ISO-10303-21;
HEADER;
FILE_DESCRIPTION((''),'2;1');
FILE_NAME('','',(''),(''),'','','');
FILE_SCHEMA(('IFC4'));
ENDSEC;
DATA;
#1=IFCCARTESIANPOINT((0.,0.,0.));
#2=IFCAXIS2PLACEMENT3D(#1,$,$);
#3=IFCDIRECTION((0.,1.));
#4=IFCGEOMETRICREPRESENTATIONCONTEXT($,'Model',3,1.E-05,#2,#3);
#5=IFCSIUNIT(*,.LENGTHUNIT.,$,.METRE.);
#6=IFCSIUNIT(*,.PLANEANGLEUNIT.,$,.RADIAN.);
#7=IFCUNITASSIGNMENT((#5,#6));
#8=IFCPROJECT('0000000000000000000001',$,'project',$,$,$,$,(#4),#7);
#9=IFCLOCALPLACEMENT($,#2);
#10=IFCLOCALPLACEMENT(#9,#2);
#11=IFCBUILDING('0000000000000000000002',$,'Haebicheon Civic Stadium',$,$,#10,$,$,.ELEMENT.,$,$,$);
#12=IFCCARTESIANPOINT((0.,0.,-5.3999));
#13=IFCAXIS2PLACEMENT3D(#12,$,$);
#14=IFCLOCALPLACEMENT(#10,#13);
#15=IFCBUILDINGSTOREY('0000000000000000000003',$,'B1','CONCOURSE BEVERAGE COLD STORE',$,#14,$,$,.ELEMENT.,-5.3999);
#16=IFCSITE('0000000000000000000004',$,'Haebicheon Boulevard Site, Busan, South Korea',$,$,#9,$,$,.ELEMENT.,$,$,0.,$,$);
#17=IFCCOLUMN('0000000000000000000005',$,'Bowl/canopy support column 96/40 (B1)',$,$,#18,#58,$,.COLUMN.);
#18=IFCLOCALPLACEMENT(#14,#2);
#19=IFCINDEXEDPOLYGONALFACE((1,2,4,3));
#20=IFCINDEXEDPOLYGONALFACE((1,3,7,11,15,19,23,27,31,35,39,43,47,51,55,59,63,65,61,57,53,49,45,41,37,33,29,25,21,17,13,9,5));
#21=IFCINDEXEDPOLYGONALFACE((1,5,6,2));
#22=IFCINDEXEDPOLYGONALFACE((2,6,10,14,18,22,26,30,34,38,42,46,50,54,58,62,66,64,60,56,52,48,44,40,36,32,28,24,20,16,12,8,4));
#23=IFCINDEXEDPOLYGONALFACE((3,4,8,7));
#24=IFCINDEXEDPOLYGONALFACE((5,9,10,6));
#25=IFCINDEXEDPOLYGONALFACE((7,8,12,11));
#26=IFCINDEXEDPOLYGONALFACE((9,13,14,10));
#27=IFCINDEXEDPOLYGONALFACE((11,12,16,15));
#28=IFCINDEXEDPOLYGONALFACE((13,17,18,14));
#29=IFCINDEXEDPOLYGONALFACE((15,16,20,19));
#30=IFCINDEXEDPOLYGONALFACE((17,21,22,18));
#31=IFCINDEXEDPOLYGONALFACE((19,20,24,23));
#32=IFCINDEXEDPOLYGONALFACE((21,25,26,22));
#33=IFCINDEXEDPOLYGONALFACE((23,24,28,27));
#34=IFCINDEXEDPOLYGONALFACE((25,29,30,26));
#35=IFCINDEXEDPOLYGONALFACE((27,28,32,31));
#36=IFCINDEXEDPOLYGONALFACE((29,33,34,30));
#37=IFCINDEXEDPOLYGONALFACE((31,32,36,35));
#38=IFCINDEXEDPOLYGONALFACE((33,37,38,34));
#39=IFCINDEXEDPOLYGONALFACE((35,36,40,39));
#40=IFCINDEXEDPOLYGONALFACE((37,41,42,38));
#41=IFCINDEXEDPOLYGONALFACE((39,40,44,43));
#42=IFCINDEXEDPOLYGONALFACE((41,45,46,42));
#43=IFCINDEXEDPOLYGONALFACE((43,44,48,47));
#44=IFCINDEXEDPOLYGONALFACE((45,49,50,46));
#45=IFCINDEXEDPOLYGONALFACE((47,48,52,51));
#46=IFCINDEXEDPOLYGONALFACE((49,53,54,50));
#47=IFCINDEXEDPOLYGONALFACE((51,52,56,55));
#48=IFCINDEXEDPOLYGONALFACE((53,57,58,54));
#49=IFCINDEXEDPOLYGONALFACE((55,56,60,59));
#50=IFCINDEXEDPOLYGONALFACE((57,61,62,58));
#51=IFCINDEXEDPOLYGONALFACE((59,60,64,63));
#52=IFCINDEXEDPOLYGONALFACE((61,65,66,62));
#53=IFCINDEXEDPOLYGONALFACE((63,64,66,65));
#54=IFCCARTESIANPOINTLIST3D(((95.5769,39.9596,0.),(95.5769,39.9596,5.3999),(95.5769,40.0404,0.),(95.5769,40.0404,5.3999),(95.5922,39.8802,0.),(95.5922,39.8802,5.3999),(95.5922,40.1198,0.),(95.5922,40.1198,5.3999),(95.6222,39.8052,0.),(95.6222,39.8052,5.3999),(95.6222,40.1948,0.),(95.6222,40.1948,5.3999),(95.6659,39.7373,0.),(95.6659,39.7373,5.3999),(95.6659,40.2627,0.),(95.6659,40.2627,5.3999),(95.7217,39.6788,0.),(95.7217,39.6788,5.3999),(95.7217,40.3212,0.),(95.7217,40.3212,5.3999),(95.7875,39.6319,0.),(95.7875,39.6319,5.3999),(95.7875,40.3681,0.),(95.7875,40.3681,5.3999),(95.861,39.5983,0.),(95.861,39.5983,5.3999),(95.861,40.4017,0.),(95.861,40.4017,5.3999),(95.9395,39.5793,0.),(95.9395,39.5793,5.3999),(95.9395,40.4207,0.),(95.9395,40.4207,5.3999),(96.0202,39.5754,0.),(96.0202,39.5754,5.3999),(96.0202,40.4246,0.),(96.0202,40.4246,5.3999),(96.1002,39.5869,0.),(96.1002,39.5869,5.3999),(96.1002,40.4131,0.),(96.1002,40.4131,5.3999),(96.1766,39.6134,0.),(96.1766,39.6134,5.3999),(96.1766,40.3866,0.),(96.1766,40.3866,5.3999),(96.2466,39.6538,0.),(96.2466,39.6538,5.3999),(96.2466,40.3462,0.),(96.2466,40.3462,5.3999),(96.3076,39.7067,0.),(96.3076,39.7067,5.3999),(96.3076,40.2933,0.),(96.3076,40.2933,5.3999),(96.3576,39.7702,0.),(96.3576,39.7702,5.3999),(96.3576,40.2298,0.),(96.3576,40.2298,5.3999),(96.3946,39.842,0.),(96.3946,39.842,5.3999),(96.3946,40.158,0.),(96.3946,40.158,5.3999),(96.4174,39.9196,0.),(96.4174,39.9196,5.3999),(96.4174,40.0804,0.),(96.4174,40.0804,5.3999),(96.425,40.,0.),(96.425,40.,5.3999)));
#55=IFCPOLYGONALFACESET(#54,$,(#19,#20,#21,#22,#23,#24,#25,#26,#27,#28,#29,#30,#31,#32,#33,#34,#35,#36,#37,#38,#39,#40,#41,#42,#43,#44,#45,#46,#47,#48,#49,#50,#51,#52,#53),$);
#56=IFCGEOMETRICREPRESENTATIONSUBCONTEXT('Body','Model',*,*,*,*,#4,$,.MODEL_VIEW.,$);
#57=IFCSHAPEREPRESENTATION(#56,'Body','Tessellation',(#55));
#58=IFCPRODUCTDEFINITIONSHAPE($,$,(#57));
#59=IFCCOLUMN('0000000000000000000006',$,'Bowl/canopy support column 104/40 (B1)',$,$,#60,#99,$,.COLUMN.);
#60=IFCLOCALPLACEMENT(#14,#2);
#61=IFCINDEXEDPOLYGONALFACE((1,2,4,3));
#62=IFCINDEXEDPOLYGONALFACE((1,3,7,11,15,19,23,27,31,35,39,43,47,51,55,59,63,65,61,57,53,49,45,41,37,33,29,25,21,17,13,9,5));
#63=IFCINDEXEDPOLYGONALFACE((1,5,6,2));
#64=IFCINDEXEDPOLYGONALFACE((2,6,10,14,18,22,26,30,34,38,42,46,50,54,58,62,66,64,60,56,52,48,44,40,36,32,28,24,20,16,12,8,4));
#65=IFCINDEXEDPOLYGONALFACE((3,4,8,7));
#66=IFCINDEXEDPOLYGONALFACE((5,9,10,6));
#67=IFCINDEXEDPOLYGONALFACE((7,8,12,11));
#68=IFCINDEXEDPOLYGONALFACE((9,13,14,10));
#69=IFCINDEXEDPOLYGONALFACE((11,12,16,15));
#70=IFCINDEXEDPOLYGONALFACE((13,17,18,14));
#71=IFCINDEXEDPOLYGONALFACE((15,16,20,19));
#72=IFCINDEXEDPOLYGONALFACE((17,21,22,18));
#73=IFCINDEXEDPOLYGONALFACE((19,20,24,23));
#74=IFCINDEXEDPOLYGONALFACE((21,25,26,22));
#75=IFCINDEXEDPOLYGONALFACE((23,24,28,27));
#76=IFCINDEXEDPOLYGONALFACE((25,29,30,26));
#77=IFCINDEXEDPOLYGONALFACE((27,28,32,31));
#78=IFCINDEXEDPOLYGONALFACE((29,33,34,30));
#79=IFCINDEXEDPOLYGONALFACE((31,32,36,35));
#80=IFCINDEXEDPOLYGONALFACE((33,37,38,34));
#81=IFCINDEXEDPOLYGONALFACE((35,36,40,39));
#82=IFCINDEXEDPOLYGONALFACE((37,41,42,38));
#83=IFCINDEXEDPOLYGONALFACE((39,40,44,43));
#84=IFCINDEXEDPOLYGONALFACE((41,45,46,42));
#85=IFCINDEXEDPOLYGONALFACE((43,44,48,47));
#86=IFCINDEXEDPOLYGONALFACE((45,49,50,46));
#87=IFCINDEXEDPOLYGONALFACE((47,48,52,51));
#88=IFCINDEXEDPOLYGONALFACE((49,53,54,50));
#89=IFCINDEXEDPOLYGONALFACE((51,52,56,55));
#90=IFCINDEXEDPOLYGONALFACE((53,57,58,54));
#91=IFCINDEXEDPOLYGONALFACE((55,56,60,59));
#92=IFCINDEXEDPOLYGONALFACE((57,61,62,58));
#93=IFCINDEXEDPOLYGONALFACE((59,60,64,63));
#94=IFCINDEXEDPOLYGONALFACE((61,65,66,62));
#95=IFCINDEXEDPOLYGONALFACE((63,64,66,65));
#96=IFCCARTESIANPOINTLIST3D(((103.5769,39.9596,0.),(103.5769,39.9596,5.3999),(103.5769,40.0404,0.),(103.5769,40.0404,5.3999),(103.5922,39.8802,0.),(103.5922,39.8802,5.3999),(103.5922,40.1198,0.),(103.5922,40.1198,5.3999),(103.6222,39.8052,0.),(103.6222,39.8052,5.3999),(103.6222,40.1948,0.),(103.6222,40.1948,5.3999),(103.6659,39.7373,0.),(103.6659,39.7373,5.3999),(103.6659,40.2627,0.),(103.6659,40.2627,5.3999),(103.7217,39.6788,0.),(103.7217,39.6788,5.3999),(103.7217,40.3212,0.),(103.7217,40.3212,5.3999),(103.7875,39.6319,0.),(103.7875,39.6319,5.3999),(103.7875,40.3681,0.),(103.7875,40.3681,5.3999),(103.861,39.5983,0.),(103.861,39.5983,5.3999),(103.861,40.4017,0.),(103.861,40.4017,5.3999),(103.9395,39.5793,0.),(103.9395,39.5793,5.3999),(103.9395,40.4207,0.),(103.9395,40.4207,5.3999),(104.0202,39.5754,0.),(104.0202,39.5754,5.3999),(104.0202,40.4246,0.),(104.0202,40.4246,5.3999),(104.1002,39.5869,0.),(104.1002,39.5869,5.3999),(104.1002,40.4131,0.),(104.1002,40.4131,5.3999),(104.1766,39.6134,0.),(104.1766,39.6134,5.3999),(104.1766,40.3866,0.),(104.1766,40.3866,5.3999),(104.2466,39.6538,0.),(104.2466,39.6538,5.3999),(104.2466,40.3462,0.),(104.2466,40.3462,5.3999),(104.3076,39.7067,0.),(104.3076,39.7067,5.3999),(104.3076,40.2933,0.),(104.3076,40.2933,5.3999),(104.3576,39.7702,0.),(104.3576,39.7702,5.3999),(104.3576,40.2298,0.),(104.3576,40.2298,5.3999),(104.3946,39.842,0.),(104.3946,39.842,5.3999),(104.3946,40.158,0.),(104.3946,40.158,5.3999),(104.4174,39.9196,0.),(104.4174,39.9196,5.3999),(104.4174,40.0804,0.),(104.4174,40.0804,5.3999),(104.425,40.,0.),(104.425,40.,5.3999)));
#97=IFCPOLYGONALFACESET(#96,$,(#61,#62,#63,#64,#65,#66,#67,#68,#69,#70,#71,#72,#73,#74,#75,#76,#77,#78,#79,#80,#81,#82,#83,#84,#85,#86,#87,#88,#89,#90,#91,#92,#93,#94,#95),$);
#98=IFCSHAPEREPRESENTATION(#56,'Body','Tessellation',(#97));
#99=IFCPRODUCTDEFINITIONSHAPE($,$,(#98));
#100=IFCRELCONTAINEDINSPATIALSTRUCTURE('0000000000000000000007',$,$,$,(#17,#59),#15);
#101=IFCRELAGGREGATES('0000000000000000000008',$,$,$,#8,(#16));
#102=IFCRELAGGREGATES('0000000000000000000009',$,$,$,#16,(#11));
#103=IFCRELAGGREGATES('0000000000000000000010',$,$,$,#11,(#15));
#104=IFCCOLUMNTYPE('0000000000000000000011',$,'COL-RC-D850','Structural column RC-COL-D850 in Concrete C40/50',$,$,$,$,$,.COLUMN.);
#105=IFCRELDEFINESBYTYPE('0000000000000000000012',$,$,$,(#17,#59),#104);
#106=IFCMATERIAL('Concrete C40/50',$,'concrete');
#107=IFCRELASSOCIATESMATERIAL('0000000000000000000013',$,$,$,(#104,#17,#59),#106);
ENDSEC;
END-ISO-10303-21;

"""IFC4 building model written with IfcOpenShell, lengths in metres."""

from ifc_helpers import new_model, si_unit, direction, frame, origin, origin_2d, place, context, subcontext, project, spatial, circle, extrude, material, material_profile, profile_set, type_object, element, save


model = new_model("IFC4")

# Units and contexts
model_context = context("Model", 3, precision=1e-05, world=origin(), true_north=direction((0.0, 1.0)))
body_context = subcontext(model_context, "Body", "Model", "MODEL_VIEW")
ifc_project = project(units=[si_unit("LENGTHUNIT", "METRE"), si_unit("PLANEANGLEUNIT", "RADIAN")], contexts=[model_context])

# Site, building, storey
site_placement = place(None, origin())
site = spatial("IfcSite", under=ifc_project, at=site_placement, Name="Haebicheon Boulevard Site, Busan, South Korea", CompositionType="ELEMENT", RefElevation=0.0)
building_placement = place(site_placement, origin())
building = spatial("IfcBuilding", under=site, at=building_placement, Name="Haebicheon Civic Stadium", CompositionType="ELEMENT")
storey_placement = place(building_placement, frame((0.0, 0.0, -5.3999)))
storey = spatial("IfcBuildingStorey", under=building, at=storey_placement, Name="B1", Description="CONCOURSE BEVERAGE COLD STORE", CompositionType="ELEMENT", Elevation=-5.3999)

# Columns
ifc_material_1 = material(Name="Concrete C40/50", Category="concrete")
ifc_material_profile_1 = material_profile(ifc_material_1, circle(Radius=0.425, at=origin_2d()), Name="RC-COL-D850")
ifc_profile_set_1 = profile_set([ifc_material_profile_1], Name="Concrete C40/50")
column_type = type_object("IfcColumnType", Name="COL-RC-D850", Description="Structural column RC-COL-D850 in Concrete C40/50", PredefinedType="COLUMN", material=ifc_profile_set_1)
for number, where, z_axis, x_axis, name in (
    (1, (96.0, 40.0, 0.0), (0.0, 0.0, 1.0), (1.0, 0.0, 0.0), "Bowl/canopy support column 96/40 (B1)"),
    (2, (104.0, 40.0, 0.0), (0.0, 0.0, 1.0), (1.0, 0.0, 0.0), "Bowl/canopy support column 104/40 (B1)"),
):
    element("IfcColumn", number, at=place(storey_placement, frame(where, z_axis=z_axis, x_axis=x_axis)), inside=storey, type_object=column_type, material=ifc_profile_set_1, Name=name, PredefinedType="COLUMN", context=body_context, shape_type="SweptSolid", body=[
        extrude(circle(Radius=0.425, at=origin_2d()), origin(), (0.0, 0.0, 1.0), 5.3999),
    ])

save(model, "model.ifc")
